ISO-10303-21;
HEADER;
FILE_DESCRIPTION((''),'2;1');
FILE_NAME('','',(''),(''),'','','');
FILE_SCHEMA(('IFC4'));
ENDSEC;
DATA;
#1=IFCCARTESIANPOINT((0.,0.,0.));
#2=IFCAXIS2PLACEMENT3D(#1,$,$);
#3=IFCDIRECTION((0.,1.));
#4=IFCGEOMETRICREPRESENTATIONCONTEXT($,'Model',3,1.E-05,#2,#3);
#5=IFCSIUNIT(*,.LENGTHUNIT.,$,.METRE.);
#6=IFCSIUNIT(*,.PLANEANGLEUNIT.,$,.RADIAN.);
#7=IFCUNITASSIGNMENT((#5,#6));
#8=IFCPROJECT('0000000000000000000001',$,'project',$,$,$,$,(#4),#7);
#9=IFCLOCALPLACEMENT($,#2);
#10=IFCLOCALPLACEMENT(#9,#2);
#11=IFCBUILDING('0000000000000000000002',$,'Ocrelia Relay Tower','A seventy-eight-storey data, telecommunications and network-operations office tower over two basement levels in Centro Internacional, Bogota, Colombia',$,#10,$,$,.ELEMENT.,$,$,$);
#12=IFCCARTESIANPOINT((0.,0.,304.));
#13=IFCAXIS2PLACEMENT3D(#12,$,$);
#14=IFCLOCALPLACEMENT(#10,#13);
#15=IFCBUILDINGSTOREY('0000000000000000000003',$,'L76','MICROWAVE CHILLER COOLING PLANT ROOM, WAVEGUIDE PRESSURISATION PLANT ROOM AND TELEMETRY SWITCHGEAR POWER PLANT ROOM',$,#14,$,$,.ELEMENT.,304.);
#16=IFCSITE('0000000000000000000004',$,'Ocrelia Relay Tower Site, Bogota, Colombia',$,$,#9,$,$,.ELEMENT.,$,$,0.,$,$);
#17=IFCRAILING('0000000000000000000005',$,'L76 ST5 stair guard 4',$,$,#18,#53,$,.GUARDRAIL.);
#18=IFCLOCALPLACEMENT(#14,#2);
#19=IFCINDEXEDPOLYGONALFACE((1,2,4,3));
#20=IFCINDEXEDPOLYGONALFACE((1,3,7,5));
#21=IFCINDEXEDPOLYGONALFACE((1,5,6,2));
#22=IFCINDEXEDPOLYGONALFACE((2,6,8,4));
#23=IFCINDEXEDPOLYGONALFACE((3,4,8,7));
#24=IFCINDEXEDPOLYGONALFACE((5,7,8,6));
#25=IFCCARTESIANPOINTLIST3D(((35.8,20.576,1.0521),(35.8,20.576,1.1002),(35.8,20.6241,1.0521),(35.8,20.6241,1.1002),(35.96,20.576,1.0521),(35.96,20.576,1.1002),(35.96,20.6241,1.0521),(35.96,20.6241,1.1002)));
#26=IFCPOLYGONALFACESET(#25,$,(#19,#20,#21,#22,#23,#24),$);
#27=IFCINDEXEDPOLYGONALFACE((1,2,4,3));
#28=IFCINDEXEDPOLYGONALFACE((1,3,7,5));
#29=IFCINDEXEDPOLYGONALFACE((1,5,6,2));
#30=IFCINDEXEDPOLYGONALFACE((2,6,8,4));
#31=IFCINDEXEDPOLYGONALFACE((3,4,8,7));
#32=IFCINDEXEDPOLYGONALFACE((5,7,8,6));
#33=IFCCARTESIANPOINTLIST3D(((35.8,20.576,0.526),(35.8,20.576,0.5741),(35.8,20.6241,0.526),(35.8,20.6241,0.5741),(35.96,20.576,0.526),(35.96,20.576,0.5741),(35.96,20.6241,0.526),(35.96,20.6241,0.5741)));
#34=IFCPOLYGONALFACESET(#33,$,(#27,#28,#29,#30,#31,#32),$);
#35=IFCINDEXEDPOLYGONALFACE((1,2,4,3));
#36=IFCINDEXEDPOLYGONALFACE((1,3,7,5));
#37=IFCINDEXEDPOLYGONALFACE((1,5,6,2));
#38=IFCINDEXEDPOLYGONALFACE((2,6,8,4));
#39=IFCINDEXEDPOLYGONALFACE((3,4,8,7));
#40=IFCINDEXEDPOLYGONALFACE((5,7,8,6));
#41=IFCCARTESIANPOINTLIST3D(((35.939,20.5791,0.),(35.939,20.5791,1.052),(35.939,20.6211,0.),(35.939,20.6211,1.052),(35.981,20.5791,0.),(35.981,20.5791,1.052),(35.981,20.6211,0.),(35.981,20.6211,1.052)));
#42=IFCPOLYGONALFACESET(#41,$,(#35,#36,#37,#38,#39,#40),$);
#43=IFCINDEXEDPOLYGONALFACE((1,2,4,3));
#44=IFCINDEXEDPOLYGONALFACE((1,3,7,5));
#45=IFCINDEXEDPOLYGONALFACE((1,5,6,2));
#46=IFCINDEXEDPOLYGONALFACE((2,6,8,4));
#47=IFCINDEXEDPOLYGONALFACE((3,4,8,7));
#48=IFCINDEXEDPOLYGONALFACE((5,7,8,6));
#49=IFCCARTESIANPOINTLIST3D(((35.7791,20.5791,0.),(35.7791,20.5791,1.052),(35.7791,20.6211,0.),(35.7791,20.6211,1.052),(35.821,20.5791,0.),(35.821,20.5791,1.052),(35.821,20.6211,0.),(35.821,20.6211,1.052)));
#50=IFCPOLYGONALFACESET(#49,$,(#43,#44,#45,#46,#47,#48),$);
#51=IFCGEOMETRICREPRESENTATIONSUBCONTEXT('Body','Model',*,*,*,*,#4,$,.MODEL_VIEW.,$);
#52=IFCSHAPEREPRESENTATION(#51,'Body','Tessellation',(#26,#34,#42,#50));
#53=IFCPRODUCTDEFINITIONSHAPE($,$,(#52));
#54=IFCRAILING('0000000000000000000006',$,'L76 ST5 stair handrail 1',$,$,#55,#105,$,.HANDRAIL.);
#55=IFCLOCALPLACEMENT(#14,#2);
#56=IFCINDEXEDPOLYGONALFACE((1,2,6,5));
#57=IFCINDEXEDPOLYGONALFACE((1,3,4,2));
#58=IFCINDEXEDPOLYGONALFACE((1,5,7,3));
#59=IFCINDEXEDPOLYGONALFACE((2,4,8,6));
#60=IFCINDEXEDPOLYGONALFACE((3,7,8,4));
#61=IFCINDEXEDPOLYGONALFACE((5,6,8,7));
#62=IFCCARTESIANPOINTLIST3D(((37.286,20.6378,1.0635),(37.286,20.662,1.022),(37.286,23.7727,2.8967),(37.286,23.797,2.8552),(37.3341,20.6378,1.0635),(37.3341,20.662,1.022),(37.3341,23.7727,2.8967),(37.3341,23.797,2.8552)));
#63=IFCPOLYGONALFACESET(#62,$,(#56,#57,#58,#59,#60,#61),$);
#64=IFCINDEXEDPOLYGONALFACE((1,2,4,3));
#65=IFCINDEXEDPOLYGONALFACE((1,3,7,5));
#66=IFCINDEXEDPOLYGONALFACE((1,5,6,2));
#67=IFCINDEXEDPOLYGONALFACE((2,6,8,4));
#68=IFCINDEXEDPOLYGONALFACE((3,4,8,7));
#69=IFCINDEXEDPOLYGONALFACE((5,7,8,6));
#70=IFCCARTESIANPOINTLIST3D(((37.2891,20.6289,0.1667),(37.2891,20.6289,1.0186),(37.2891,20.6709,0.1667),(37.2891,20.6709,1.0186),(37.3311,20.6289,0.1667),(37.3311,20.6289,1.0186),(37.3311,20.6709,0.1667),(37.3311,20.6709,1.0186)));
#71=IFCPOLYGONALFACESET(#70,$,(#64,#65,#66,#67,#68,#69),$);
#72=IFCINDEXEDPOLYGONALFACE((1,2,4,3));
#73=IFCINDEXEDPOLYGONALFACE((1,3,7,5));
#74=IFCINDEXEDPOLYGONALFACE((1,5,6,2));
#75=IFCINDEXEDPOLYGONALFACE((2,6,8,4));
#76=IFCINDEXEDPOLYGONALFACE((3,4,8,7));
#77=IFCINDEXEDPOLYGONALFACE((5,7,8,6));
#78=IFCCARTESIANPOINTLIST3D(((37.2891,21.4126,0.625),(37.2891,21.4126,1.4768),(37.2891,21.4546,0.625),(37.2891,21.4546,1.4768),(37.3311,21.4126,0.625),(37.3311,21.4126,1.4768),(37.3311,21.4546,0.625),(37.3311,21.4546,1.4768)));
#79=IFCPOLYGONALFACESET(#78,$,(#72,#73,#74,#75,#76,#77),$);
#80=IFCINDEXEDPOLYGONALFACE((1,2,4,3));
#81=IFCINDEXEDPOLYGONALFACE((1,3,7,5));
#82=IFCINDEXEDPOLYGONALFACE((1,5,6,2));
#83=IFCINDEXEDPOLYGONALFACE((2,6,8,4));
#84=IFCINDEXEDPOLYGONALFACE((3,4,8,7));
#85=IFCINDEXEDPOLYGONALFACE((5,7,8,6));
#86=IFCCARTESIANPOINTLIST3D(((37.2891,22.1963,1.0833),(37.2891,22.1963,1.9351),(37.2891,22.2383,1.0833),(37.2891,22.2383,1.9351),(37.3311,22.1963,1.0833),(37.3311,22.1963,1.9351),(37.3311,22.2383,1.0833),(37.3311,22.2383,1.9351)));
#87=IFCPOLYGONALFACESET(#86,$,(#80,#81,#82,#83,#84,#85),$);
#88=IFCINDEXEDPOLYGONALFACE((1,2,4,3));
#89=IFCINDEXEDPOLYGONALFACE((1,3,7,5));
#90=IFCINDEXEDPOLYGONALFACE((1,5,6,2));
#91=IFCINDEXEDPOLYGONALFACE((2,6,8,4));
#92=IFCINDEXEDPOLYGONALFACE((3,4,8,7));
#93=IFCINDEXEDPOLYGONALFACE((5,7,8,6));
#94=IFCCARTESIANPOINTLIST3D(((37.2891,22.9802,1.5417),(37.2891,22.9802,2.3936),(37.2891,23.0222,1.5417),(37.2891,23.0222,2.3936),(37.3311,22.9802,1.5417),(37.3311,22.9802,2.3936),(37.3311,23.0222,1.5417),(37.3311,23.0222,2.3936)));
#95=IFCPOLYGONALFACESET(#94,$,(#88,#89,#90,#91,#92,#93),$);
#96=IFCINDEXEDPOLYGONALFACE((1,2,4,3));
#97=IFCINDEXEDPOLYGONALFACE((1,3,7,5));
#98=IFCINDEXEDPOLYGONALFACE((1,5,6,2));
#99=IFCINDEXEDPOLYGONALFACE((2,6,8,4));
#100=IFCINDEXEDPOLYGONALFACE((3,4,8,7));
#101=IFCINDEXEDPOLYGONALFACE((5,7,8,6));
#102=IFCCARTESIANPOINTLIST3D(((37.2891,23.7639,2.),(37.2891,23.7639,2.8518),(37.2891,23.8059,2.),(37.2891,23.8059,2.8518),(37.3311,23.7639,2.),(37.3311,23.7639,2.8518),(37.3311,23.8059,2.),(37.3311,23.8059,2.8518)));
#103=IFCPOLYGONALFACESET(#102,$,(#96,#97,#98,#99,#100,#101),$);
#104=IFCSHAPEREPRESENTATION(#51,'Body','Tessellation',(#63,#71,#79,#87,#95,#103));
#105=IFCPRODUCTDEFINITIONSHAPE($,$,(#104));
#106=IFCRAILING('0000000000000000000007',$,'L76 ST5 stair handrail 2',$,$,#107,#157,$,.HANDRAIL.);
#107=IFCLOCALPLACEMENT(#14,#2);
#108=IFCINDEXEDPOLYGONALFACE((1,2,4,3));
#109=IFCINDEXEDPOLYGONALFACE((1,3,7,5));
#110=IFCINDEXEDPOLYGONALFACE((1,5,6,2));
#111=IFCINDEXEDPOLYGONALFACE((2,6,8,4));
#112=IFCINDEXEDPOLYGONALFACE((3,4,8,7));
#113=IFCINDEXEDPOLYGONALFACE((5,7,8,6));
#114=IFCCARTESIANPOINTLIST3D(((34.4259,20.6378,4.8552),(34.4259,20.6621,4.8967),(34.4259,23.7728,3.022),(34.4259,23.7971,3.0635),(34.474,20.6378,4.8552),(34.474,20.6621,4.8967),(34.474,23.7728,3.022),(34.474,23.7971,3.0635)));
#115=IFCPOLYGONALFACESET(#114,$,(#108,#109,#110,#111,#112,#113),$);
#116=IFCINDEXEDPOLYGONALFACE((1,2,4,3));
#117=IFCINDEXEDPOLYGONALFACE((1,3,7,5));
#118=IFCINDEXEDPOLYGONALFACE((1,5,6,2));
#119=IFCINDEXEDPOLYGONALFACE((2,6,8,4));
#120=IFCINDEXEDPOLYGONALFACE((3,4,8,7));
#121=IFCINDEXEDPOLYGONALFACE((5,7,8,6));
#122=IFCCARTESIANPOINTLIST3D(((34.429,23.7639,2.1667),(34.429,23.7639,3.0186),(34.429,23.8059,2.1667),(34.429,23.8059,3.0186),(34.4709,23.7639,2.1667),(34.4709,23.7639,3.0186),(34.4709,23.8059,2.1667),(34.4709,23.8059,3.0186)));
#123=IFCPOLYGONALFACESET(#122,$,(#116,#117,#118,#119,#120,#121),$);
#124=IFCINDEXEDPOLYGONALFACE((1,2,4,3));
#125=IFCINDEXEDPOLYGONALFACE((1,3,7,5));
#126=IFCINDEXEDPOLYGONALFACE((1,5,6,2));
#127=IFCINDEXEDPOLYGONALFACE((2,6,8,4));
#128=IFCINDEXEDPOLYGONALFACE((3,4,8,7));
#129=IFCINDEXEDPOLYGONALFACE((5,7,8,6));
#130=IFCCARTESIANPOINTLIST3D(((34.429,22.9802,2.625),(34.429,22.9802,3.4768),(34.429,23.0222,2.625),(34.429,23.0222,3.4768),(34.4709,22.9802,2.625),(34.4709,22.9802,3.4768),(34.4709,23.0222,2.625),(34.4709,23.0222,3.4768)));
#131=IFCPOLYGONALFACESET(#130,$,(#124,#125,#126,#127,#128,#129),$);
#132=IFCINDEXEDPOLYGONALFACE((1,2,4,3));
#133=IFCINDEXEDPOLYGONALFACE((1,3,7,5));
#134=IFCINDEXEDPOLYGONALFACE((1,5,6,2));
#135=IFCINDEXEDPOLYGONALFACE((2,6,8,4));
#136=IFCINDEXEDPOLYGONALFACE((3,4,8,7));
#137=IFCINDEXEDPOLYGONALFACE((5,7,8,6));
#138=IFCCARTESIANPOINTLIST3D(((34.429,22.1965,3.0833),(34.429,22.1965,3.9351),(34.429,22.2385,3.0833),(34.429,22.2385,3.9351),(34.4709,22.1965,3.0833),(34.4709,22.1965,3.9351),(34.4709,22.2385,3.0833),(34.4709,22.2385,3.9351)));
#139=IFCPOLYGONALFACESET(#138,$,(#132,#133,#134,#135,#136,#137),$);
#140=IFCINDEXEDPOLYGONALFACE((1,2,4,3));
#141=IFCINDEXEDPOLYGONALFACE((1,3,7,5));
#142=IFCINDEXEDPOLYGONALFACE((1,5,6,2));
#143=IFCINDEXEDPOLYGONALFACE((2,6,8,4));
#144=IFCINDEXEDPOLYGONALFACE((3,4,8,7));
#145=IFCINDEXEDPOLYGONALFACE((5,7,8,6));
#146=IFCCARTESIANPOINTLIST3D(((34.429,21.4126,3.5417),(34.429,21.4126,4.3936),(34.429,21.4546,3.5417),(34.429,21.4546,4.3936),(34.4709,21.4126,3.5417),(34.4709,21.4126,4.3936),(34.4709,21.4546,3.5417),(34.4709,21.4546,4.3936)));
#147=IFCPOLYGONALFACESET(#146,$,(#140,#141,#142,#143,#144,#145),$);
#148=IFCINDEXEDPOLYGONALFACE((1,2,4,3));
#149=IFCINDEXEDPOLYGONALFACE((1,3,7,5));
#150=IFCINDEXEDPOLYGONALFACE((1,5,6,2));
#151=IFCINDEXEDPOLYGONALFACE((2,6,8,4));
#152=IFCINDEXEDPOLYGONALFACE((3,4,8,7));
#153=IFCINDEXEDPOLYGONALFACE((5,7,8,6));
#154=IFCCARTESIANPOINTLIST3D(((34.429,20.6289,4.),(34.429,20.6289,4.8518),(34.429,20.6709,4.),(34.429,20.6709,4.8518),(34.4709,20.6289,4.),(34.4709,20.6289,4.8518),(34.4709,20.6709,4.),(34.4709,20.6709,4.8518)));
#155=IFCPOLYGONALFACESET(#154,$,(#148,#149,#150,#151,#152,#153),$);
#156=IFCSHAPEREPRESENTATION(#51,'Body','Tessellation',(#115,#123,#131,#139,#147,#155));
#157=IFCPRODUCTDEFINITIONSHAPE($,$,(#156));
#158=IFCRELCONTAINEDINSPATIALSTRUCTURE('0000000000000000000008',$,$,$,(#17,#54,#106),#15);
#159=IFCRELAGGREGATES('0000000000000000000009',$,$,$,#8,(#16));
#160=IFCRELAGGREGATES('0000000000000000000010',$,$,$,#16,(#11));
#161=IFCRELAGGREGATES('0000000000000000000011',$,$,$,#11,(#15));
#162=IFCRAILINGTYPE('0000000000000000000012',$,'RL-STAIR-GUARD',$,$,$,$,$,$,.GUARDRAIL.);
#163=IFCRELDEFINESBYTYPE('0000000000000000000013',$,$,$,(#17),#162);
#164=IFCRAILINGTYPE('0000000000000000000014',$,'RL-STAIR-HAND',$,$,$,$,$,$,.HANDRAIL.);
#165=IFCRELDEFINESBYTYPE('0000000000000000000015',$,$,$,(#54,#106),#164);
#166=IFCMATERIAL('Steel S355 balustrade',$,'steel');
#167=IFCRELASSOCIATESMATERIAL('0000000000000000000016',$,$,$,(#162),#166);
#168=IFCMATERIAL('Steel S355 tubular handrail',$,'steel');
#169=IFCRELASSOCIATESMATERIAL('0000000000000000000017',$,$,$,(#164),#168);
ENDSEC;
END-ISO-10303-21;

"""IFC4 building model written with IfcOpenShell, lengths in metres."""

from ifc_helpers import new_model, si_unit, direction, frame, origin, origin_2d, place, context, subcontext, project, spatial, rectangle, extrude, material, type_object, element, save


model = new_model("IFC4")

# Units and contexts
model_context = context("Model", 3, precision=1e-05, world=origin(), true_north=direction((0.0, 1.0)))
body_context = subcontext(model_context, "Body", "Model", "MODEL_VIEW")
ifc_project = project(units=[si_unit("LENGTHUNIT", "METRE"), si_unit("PLANEANGLEUNIT", "RADIAN")], contexts=[model_context])

# Site, building, storey
site_placement = place(None, origin())
site = spatial("IfcSite", under=ifc_project, at=site_placement, Name="Ocrelia Relay Tower Site, Bogota, Colombia", CompositionType="ELEMENT", RefElevation=0.0)
building_placement = place(site_placement, origin())
building = spatial("IfcBuilding", under=site, at=building_placement, Name="Ocrelia Relay Tower", Description="A seventy-eight-storey data, telecommunications and network-operations office tower over two basement levels in Centro Internacional, Bogota, Colombia", CompositionType="ELEMENT")
storey_placement = place(building_placement, frame((0.0, 0.0, 304.0)))
storey = spatial("IfcBuildingStorey", under=building, at=storey_placement, Name="L76", Description="MICROWAVE CHILLER COOLING PLANT ROOM, WAVEGUIDE PRESSURISATION PLANT ROOM AND TELEMETRY SWITCHGEAR POWER PLANT ROOM", CompositionType="ELEMENT", Elevation=304.0)

# Railings
ifc_material_1 = material(Name="Steel S355 balustrade", Category="steel")
railing_type_1 = type_object("IfcRailingType", Name="RL-STAIR-GUARD", PredefinedType="GUARDRAIL", material=ifc_material_1)
railing_1_placement = place(storey_placement, frame((35.96, 20.6001, 0.0)))
element("IfcRailing", 1, at=railing_1_placement, inside=storey, type_object=railing_type_1, Name="L76 ST5 stair guard 4", PredefinedType="GUARDRAIL", context=body_context, shape_type="SweptSolid", body=[
    extrude(rectangle(XDim=0.0481, YDim=0.0481, at=origin_2d()), frame((0.0, 0.0, 1.0762), z_axis=(-1.0, 0.0, 0.0), x_axis=(0.0, -1.0, 0.0)), (0.0, 0.0, 1.0), 0.1599),
    extrude(rectangle(XDim=0.0481, YDim=0.0481, at=origin_2d()), frame((0.0, 0.0, 0.55), z_axis=(-1.0, 0.0, 0.0), x_axis=(0.0, -1.0, 0.0)), (0.0, 0.0, 1.0), 0.1599),
    extrude(rectangle(XDim=0.042, YDim=0.042, at=origin_2d()), origin(), (0.0, 0.0, 1.0), 1.052),
    extrude(rectangle(XDim=0.042, YDim=0.042, at=origin_2d()), frame((-0.1599, 0.0, 0.0)), (0.0, 0.0, 1.0), 1.052),
])
ifc_material_2 = material(Name="Steel S355 tubular handrail", Category="steel")
railing_type_2 = type_object("IfcRailingType", Name="RL-STAIR-HAND", PredefinedType="HANDRAIL", material=ifc_material_2)
railing_2_placement = place(storey_placement, frame((37.3101, 20.6499, 0.1667)))
element("IfcRailing", 2, at=railing_2_placement, inside=storey, type_object=railing_type_2, Name="L76 ST5 stair handrail 1", PredefinedType="HANDRAIL", context=body_context, shape_type="SweptSolid", body=[
    extrude(rectangle(XDim=0.0481, YDim=0.0481, at=origin_2d()), frame((0.0, 0.0, 0.876), z_axis=(0.0, 0.86324, 0.504794), x_axis=(-1.0, 0.0, 0.0)), (0.0, 0.0, 1.0), 3.6316),
    extrude(rectangle(XDim=0.042, YDim=0.042, at=origin_2d()), origin(), (0.0, 0.0, 1.0), 0.8518),
    extrude(rectangle(XDim=0.042, YDim=0.042, at=origin_2d()), frame((0.0, 0.7837, 0.4583)), (0.0, 0.0, 1.0), 0.8518),
    extrude(rectangle(XDim=0.042, YDim=0.042, at=origin_2d()), frame((0.0, 1.5674, 0.9165)), (0.0, 0.0, 1.0), 0.8518),
    extrude(rectangle(XDim=0.042, YDim=0.042, at=origin_2d()), frame((0.0, 2.3513, 1.375)), (0.0, 0.0, 1.0), 0.8518),
    extrude(rectangle(XDim=0.042, YDim=0.042, at=origin_2d()), frame((0.0, 3.135, 1.8333)), (0.0, 0.0, 1.0), 0.8518),
])
railing_3_placement = place(storey_placement, frame((34.45, 23.7849, 2.1667)))
element("IfcRailing", 3, at=railing_3_placement, inside=storey, type_object=railing_type_2, Name="L76 ST5 stair handrail 2", PredefinedType="HANDRAIL", context=body_context, shape_type="SweptSolid", body=[
    extrude(rectangle(XDim=0.0481, YDim=0.0481, at=origin_2d()), frame((0.0, 0.0, 0.876), z_axis=(0.0, -0.86324, 0.504794), x_axis=(1.0, 0.0, 0.0)), (0.0, 0.0, 1.0), 3.6316),
    extrude(rectangle(XDim=0.042, YDim=0.042, at=origin_2d()), origin(), (0.0, 0.0, 1.0), 0.8518),
    extrude(rectangle(XDim=0.042, YDim=0.042, at=origin_2d()), frame((0.0, -0.7837, 0.4583)), (0.0, 0.0, 1.0), 0.8518),
    extrude(rectangle(XDim=0.042, YDim=0.042, at=origin_2d()), frame((0.0, -1.5674, 0.9165)), (0.0, 0.0, 1.0), 0.8518),
    extrude(rectangle(XDim=0.042, YDim=0.042, at=origin_2d()), frame((0.0, -2.3513, 1.375)), (0.0, 0.0, 1.0), 0.8518),
    extrude(rectangle(XDim=0.042, YDim=0.042, at=origin_2d()), frame((0.0, -3.135, 1.8333)), (0.0, 0.0, 1.0), 0.8518),
])

save(model, "model.ifc")
